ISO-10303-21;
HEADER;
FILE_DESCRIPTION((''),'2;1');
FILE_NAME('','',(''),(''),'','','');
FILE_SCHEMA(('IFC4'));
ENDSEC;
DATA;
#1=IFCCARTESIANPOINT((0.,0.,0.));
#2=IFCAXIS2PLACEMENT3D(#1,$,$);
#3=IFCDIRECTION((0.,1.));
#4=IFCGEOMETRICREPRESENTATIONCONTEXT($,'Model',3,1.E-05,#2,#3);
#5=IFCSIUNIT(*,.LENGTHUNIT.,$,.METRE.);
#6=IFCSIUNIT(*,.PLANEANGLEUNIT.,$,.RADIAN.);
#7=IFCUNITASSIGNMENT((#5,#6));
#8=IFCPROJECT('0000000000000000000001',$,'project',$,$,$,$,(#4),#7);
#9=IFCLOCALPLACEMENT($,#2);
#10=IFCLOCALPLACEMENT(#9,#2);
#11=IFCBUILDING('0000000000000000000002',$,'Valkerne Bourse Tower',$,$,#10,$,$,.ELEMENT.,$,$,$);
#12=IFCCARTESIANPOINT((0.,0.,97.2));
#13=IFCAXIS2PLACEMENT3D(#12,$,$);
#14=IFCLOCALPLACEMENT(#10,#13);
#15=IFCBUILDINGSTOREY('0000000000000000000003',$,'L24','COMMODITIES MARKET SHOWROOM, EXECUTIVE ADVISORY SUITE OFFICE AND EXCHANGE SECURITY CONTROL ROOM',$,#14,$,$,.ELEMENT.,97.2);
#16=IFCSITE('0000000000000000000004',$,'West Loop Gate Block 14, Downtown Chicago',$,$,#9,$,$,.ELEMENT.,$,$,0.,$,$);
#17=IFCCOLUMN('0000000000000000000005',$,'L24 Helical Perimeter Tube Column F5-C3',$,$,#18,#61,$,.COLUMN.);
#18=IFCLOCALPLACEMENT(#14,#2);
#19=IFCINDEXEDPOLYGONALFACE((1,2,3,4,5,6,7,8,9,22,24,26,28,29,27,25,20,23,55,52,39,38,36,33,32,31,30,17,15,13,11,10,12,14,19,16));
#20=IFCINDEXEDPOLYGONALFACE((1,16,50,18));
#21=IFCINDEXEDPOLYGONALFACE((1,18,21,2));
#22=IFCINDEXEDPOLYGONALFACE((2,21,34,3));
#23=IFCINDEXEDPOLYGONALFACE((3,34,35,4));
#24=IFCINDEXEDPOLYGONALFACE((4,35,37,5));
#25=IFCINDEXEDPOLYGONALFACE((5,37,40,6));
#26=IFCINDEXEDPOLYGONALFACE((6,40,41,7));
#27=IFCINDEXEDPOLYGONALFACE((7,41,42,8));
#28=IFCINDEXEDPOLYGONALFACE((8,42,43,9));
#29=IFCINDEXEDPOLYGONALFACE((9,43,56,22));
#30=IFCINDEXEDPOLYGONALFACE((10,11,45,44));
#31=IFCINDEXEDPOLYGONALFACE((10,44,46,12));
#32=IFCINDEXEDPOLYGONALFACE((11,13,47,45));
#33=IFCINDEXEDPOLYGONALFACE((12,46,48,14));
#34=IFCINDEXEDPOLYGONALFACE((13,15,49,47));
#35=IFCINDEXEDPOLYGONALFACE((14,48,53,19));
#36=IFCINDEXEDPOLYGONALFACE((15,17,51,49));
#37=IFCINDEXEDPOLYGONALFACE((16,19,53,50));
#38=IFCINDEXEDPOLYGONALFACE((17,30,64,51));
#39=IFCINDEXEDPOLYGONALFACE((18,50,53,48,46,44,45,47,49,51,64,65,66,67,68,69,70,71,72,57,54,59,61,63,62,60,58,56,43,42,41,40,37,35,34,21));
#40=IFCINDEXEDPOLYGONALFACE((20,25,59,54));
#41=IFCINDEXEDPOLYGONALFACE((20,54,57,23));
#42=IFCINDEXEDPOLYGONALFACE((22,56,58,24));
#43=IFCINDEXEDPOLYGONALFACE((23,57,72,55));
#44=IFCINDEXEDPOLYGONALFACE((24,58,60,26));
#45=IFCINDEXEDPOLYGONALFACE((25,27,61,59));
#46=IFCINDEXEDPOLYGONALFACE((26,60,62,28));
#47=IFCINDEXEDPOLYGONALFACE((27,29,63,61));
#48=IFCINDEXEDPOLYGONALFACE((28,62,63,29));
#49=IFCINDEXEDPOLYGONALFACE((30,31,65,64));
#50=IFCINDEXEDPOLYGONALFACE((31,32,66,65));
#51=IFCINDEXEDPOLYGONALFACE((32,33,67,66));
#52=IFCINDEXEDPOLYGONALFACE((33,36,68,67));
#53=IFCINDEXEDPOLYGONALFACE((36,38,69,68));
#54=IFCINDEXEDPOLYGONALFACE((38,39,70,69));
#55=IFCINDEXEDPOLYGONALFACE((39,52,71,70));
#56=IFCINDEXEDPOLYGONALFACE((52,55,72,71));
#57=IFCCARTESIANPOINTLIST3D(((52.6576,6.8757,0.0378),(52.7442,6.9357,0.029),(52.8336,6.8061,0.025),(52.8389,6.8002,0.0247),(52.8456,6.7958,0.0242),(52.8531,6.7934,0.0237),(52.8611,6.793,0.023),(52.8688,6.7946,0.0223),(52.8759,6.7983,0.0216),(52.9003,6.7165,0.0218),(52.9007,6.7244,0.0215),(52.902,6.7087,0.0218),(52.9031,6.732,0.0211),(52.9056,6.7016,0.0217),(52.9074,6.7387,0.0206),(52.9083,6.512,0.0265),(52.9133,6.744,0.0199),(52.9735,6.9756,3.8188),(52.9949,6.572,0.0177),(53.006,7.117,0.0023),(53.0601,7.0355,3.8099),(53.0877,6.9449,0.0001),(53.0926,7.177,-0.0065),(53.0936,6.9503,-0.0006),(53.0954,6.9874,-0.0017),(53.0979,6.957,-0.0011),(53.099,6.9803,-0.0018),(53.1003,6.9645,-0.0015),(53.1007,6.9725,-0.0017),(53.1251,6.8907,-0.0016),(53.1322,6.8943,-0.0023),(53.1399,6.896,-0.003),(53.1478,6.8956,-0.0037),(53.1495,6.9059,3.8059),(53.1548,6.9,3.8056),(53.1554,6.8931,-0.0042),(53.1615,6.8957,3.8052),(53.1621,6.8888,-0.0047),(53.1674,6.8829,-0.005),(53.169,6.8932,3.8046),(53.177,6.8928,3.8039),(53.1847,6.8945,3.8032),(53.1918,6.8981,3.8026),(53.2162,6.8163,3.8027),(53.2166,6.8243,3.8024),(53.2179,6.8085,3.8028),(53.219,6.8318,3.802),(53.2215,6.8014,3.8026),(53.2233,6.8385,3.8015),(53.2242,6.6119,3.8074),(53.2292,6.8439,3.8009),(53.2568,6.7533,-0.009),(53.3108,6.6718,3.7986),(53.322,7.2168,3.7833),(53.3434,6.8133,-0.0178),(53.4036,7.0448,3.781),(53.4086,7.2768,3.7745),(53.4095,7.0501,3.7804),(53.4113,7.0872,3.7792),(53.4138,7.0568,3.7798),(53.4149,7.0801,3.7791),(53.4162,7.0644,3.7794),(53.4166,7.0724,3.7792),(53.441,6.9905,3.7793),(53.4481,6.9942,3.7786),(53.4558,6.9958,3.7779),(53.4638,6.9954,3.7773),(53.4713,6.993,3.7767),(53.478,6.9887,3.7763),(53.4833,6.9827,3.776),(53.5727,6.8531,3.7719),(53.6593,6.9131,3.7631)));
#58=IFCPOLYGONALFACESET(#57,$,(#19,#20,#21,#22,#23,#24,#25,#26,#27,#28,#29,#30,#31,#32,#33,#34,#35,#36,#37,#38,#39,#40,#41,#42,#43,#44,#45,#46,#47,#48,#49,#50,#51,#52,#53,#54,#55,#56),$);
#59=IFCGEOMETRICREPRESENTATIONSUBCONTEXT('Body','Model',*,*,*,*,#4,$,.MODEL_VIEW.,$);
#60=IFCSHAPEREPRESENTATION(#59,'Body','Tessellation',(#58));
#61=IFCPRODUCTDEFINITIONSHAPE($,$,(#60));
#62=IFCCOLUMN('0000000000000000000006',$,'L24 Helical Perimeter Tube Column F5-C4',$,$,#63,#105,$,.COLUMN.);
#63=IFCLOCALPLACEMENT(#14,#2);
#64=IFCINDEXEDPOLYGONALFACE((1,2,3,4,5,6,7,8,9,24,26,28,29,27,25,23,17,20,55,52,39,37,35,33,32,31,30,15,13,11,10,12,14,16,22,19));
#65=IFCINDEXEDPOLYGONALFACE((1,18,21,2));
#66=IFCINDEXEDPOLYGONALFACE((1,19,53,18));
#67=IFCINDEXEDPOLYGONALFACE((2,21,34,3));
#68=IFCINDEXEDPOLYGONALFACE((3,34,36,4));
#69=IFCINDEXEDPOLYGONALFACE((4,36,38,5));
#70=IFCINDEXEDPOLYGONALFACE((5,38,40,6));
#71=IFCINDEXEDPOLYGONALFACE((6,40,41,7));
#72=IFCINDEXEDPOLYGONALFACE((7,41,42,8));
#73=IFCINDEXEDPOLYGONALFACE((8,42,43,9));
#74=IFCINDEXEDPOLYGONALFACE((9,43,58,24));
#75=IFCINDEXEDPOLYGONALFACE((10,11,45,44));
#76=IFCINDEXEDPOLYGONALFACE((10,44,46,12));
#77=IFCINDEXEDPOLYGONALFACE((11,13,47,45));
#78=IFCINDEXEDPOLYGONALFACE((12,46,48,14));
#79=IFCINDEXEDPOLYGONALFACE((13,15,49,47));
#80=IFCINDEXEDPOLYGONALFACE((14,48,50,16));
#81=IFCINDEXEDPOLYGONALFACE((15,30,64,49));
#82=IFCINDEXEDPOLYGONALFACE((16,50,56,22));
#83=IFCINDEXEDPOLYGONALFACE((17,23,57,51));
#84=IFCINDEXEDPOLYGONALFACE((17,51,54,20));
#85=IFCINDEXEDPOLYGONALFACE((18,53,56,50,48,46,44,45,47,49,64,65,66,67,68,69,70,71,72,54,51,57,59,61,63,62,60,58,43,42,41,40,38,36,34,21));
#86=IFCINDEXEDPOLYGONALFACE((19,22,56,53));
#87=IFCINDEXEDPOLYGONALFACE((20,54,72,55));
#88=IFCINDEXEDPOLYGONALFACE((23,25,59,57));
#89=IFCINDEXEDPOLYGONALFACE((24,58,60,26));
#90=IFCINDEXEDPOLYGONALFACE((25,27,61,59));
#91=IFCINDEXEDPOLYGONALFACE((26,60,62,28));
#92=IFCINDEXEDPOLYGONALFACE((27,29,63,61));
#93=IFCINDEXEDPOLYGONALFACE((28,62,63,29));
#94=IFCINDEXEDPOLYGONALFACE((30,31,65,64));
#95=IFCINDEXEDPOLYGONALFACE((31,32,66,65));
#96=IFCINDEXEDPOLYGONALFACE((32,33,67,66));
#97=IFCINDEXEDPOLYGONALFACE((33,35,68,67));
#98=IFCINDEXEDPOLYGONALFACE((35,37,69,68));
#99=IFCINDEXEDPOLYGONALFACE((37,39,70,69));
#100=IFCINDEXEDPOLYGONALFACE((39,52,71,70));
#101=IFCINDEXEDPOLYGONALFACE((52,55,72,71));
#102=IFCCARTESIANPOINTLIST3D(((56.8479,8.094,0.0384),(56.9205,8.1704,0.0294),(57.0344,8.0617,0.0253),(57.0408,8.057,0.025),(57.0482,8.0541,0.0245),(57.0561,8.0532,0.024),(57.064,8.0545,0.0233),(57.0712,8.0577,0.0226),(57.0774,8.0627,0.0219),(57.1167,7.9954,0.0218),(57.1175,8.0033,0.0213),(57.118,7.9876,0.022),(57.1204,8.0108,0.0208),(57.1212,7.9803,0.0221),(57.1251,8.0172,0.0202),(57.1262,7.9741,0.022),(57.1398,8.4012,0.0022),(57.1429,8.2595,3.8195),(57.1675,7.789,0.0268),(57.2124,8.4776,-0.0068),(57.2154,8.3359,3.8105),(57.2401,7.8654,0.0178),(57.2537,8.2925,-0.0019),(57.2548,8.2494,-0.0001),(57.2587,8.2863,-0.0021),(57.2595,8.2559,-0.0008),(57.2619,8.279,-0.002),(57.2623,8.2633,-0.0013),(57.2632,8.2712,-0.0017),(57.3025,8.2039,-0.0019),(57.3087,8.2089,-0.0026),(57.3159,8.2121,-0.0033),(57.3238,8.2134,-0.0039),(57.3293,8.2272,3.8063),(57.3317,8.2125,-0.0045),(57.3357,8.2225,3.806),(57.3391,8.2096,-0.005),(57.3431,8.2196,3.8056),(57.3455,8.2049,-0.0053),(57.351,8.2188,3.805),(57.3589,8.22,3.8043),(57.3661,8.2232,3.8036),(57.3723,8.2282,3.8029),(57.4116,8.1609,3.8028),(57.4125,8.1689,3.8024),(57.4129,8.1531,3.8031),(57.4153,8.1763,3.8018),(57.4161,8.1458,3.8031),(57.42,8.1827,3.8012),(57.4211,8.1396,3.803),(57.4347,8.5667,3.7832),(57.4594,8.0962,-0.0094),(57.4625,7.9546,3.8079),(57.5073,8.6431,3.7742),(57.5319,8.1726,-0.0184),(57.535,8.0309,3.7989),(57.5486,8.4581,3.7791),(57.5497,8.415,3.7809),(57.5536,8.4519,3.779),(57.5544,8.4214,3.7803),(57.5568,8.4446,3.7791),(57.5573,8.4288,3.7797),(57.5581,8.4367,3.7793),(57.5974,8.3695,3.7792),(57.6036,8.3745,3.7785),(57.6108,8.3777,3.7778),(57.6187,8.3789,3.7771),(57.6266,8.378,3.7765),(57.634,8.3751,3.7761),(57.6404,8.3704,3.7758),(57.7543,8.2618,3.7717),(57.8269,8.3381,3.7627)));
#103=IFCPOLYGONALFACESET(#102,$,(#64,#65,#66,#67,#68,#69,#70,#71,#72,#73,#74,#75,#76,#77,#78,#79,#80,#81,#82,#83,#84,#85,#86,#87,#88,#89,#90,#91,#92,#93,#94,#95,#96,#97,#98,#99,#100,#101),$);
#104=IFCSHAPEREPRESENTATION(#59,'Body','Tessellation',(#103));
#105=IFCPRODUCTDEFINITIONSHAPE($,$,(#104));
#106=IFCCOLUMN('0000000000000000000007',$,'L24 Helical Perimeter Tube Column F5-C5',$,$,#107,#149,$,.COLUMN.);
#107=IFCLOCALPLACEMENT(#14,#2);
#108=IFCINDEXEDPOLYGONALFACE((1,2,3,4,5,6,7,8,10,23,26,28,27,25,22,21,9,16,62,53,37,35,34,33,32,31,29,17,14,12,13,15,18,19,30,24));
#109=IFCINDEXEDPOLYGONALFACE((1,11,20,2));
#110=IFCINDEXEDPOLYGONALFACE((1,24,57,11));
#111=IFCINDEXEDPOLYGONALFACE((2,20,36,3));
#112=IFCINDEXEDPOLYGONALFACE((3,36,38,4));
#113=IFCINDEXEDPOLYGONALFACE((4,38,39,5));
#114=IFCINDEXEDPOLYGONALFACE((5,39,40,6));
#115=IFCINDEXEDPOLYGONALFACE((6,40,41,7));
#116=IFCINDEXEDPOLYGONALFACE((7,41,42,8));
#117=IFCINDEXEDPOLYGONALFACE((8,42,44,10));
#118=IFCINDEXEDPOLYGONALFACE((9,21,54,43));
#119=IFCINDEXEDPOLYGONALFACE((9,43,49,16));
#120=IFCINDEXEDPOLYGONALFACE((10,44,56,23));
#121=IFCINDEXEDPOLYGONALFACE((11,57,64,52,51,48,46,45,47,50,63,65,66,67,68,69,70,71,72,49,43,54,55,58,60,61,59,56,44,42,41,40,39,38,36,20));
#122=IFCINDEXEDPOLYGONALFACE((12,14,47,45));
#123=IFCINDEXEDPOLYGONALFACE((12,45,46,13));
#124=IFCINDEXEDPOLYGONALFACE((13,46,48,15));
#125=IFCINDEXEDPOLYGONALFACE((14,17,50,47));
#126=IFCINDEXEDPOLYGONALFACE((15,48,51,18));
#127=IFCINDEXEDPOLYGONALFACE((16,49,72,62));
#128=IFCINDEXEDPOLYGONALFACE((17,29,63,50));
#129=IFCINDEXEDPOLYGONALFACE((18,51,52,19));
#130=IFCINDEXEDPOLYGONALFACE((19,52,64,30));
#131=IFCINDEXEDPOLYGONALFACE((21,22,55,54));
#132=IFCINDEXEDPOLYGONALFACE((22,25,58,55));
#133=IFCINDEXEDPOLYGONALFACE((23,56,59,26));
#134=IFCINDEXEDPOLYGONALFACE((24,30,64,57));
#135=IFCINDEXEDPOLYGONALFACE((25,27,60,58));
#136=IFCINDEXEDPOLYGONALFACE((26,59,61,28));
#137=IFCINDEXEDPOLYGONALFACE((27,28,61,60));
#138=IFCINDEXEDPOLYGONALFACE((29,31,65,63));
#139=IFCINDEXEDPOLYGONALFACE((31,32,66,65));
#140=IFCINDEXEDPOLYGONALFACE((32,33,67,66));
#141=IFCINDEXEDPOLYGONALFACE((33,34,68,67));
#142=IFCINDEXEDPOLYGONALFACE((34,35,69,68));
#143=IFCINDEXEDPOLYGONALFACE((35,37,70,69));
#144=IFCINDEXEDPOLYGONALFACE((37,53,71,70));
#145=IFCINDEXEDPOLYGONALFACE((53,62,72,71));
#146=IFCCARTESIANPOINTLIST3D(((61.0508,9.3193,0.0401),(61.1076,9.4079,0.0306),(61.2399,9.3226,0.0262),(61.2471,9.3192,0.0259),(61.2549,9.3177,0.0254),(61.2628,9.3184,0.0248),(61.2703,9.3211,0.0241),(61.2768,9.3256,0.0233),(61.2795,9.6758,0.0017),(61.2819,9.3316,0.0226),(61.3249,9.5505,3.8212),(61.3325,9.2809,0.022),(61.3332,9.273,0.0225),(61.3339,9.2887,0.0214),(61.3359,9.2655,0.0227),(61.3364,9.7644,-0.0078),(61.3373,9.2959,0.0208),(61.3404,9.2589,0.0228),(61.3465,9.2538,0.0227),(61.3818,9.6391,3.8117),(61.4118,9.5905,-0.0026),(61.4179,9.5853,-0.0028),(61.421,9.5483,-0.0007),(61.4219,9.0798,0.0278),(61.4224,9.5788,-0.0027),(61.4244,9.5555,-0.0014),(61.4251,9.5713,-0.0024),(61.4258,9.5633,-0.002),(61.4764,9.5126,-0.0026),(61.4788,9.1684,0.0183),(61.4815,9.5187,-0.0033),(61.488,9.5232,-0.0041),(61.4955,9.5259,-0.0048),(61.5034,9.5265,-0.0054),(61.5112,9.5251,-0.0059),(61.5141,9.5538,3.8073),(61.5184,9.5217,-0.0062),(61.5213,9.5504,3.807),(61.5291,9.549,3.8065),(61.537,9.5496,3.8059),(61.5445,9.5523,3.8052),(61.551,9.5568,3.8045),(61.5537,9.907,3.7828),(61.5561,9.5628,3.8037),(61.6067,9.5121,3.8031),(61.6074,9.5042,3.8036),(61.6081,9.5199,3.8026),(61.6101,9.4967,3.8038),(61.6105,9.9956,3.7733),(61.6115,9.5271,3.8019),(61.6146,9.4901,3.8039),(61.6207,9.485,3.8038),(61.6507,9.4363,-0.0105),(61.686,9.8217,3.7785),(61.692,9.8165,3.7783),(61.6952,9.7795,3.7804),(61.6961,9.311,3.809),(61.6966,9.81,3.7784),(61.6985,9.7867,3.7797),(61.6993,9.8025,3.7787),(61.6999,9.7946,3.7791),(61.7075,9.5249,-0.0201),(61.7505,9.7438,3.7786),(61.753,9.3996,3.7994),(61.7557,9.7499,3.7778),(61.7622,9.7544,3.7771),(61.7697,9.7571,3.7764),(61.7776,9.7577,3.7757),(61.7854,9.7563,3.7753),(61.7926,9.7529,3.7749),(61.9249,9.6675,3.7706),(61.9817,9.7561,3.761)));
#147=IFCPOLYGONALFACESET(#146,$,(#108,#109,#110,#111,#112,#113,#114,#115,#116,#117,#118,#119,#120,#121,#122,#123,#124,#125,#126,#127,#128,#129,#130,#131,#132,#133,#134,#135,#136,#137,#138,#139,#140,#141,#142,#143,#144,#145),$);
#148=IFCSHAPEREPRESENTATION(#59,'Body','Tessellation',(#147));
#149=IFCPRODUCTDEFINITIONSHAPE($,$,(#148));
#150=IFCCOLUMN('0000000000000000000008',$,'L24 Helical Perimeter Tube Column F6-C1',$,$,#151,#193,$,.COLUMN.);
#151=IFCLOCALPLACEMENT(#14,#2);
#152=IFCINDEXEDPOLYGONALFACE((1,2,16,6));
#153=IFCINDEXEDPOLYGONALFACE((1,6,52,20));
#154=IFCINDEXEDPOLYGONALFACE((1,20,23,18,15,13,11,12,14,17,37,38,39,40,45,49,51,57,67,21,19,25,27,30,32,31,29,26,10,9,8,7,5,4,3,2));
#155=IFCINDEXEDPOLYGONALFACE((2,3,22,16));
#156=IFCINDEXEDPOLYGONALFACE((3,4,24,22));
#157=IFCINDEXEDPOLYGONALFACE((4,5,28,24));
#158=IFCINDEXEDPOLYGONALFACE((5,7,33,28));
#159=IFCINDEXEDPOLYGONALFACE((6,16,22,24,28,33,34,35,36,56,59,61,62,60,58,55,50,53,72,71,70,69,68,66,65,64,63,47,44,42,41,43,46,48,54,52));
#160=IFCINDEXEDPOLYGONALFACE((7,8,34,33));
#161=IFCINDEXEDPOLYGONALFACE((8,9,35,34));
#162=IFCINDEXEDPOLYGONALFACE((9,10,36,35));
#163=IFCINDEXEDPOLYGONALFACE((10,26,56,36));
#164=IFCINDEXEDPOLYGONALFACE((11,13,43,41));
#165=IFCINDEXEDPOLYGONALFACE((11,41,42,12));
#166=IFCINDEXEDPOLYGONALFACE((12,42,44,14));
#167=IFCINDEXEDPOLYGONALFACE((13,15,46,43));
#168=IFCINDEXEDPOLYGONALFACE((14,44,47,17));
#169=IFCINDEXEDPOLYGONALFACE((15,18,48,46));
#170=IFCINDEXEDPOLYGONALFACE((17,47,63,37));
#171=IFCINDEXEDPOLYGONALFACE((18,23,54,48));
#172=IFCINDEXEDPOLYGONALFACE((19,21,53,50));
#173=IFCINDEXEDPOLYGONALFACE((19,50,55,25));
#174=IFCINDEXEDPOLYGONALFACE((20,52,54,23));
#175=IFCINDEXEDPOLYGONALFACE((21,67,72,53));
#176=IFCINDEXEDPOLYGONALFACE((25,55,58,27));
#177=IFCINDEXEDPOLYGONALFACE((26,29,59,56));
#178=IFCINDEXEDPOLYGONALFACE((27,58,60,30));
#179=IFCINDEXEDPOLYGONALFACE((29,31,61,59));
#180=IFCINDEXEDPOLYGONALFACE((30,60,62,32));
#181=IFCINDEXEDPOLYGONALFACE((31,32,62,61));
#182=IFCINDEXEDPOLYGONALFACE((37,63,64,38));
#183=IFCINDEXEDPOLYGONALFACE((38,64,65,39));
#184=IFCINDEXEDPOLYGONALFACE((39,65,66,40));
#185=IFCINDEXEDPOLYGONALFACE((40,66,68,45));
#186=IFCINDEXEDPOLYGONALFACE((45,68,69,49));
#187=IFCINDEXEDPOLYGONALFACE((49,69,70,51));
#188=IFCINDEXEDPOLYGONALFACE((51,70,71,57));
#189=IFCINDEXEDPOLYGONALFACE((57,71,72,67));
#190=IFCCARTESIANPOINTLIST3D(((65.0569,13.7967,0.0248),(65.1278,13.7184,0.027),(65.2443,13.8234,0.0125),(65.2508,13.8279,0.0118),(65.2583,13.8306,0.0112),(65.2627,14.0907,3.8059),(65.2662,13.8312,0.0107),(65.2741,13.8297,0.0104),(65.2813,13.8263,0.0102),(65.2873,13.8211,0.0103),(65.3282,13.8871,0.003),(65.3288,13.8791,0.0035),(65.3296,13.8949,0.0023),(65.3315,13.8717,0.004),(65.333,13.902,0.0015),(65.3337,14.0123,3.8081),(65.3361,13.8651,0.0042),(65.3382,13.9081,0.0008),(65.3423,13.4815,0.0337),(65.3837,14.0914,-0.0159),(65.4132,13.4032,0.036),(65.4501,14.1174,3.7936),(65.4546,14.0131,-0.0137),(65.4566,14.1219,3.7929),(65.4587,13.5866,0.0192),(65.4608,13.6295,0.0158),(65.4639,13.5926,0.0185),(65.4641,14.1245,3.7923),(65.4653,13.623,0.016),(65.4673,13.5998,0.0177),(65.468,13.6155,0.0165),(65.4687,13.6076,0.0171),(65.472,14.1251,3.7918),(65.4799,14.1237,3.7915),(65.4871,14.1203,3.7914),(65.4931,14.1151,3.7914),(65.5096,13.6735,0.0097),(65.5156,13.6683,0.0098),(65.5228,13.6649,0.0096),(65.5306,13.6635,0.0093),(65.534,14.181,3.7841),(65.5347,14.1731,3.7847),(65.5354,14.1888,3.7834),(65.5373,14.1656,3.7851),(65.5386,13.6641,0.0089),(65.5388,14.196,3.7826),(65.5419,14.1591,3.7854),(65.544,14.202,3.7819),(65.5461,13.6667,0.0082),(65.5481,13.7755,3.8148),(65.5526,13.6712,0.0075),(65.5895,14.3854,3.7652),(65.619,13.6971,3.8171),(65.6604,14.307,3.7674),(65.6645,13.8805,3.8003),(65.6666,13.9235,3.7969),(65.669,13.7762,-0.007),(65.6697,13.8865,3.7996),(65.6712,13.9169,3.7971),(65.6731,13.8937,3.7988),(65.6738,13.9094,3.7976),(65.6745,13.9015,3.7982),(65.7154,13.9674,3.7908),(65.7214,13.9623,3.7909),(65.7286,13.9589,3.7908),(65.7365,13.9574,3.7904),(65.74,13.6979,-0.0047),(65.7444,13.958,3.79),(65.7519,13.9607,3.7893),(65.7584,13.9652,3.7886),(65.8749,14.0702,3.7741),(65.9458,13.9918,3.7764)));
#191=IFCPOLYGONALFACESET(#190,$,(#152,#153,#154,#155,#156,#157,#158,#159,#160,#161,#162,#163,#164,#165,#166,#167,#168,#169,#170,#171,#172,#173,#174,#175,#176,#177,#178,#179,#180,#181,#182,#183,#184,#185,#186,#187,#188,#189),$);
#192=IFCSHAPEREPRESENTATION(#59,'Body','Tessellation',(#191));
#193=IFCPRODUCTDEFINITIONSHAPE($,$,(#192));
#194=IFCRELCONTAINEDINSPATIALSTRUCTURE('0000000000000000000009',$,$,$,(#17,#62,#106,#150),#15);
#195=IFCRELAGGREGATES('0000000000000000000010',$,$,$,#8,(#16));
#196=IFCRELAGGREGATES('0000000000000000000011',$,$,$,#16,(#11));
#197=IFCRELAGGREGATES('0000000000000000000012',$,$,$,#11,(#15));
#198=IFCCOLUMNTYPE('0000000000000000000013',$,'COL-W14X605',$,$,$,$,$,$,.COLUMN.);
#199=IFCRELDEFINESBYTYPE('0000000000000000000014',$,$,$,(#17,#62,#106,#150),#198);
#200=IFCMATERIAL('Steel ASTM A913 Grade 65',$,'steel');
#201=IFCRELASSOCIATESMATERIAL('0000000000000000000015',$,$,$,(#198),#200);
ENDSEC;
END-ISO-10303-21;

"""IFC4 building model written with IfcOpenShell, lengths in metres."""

from ifc_helpers import new_model, si_unit, direction, frame, origin, origin_2d, place, context, subcontext, project, spatial, i_section, extrude, material, material_profile, profile_set, type_object, element, save


model = new_model("IFC4")

# Units and contexts
model_context = context("Model", 3, precision=1e-05, world=origin(), true_north=direction((0.0, 1.0)))
body_context = subcontext(model_context, "Body", "Model", "MODEL_VIEW")
ifc_project = project(units=[si_unit("LENGTHUNIT", "METRE"), si_unit("PLANEANGLEUNIT", "RADIAN")], contexts=[model_context])

# Site, building, storey
site_placement = place(None, origin())
site = spatial("IfcSite", under=ifc_project, at=site_placement, Name="West Loop Gate Block 14, Downtown Chicago", CompositionType="ELEMENT", RefElevation=0.0)
building_placement = place(site_placement, origin())
building = spatial("IfcBuilding", under=site, at=building_placement, Name="Valkerne Bourse Tower", CompositionType="ELEMENT")
storey_placement = place(building_placement, frame((0.0, 0.0, 97.2)))
storey = spatial("IfcBuildingStorey", under=building, at=storey_placement, Name="L24", Description="COMMODITIES MARKET SHOWROOM, EXECUTIVE ADVISORY SUITE OFFICE AND EXCHANGE SECURITY CONTROL ROOM", CompositionType="ELEMENT", Elevation=97.2)

# Columns
ifc_material_1 = material(Name="Steel ASTM A913 Grade 65", Category="steel")
ifc_material_profile_1 = material_profile(ifc_material_1, i_section(OverallWidth=0.4419, OverallDepth=0.531, WebThickness=0.0659, FlangeThickness=0.1057, FilletRadius=0.0305, at=origin_2d()), Name="W14X605")
ifc_profile_set_1 = profile_set([ifc_material_profile_1], Name="Steel ASTM A913 Grade 65")
column_type = type_object("IfcColumnType", Name="COL-W14X605", PredefinedType="COLUMN", material=ifc_profile_set_1)
column_1_placement = place(storey_placement, frame((53.0005, 6.8445, 0.01), z_axis=(0.083235, 0.026308, 0.996183), x_axis=(-0.567354, 0.823074, 0.025668)))
element("IfcColumn", 1, at=column_1_placement, inside=storey, type_object=column_type, Name="L24 Helical Perimeter Tube Column F5-C3", PredefinedType="COLUMN", context=body_context, shape_type="SweptSolid", body=[
    extrude(i_section(OverallWidth=0.4419, OverallDepth=0.531, WebThickness=0.0659, FlangeThickness=0.1057, FilletRadius=0.0305, at=origin_2d()), origin(), (0.0, 0.0, 1.0), 3.7954),
])
column_2_placement = place(storey_placement, frame((57.1899, 8.1333, 0.01), z_axis=(0.077691, 0.043605, 0.996023), x_axis=(-0.723197, 0.690145, 0.026196)))
element("IfcColumn", 2, at=column_2_placement, inside=storey, type_object=column_type, Name="L24 Helical Perimeter Tube Column F5-C4", PredefinedType="COLUMN", context=body_context, shape_type="SweptSolid", body=[
    extrude(i_section(OverallWidth=0.4419, OverallDepth=0.531, WebThickness=0.0659, FlangeThickness=0.1057, FilletRadius=0.0305, at=origin_2d()), origin(), (0.0, 0.0, 1.0), 3.7961),
])
for number, where, z_axis, x_axis, name in (
    (3, (61.3792, 9.4221, 0.01), (0.072188, 0.060875, 0.995532), (-0.839942, 0.541966, 0.027766), "L24 Helical Perimeter Tube Column F5-C5"),
    (4, (65.3984, 13.7473, 0.01), (0.054189, 0.077395, 0.995527), (-0.739456, -0.666875, 0.092095), "L24 Helical Perimeter Tube Column F6-C1"),
):
    element("IfcColumn", number, at=place(storey_placement, frame(where, z_axis=z_axis, x_axis=x_axis)), inside=storey, type_object=column_type, Name=name, PredefinedType="COLUMN", context=body_context, shape_type="SweptSolid", body=[
        extrude(i_section(OverallWidth=0.4419, OverallDepth=0.531, WebThickness=0.0659, FlangeThickness=0.1057, FilletRadius=0.0305, at=origin_2d()), origin(), (0.0, 0.0, 1.0), 3.7981),
    ])

save(model, "model.ifc")
